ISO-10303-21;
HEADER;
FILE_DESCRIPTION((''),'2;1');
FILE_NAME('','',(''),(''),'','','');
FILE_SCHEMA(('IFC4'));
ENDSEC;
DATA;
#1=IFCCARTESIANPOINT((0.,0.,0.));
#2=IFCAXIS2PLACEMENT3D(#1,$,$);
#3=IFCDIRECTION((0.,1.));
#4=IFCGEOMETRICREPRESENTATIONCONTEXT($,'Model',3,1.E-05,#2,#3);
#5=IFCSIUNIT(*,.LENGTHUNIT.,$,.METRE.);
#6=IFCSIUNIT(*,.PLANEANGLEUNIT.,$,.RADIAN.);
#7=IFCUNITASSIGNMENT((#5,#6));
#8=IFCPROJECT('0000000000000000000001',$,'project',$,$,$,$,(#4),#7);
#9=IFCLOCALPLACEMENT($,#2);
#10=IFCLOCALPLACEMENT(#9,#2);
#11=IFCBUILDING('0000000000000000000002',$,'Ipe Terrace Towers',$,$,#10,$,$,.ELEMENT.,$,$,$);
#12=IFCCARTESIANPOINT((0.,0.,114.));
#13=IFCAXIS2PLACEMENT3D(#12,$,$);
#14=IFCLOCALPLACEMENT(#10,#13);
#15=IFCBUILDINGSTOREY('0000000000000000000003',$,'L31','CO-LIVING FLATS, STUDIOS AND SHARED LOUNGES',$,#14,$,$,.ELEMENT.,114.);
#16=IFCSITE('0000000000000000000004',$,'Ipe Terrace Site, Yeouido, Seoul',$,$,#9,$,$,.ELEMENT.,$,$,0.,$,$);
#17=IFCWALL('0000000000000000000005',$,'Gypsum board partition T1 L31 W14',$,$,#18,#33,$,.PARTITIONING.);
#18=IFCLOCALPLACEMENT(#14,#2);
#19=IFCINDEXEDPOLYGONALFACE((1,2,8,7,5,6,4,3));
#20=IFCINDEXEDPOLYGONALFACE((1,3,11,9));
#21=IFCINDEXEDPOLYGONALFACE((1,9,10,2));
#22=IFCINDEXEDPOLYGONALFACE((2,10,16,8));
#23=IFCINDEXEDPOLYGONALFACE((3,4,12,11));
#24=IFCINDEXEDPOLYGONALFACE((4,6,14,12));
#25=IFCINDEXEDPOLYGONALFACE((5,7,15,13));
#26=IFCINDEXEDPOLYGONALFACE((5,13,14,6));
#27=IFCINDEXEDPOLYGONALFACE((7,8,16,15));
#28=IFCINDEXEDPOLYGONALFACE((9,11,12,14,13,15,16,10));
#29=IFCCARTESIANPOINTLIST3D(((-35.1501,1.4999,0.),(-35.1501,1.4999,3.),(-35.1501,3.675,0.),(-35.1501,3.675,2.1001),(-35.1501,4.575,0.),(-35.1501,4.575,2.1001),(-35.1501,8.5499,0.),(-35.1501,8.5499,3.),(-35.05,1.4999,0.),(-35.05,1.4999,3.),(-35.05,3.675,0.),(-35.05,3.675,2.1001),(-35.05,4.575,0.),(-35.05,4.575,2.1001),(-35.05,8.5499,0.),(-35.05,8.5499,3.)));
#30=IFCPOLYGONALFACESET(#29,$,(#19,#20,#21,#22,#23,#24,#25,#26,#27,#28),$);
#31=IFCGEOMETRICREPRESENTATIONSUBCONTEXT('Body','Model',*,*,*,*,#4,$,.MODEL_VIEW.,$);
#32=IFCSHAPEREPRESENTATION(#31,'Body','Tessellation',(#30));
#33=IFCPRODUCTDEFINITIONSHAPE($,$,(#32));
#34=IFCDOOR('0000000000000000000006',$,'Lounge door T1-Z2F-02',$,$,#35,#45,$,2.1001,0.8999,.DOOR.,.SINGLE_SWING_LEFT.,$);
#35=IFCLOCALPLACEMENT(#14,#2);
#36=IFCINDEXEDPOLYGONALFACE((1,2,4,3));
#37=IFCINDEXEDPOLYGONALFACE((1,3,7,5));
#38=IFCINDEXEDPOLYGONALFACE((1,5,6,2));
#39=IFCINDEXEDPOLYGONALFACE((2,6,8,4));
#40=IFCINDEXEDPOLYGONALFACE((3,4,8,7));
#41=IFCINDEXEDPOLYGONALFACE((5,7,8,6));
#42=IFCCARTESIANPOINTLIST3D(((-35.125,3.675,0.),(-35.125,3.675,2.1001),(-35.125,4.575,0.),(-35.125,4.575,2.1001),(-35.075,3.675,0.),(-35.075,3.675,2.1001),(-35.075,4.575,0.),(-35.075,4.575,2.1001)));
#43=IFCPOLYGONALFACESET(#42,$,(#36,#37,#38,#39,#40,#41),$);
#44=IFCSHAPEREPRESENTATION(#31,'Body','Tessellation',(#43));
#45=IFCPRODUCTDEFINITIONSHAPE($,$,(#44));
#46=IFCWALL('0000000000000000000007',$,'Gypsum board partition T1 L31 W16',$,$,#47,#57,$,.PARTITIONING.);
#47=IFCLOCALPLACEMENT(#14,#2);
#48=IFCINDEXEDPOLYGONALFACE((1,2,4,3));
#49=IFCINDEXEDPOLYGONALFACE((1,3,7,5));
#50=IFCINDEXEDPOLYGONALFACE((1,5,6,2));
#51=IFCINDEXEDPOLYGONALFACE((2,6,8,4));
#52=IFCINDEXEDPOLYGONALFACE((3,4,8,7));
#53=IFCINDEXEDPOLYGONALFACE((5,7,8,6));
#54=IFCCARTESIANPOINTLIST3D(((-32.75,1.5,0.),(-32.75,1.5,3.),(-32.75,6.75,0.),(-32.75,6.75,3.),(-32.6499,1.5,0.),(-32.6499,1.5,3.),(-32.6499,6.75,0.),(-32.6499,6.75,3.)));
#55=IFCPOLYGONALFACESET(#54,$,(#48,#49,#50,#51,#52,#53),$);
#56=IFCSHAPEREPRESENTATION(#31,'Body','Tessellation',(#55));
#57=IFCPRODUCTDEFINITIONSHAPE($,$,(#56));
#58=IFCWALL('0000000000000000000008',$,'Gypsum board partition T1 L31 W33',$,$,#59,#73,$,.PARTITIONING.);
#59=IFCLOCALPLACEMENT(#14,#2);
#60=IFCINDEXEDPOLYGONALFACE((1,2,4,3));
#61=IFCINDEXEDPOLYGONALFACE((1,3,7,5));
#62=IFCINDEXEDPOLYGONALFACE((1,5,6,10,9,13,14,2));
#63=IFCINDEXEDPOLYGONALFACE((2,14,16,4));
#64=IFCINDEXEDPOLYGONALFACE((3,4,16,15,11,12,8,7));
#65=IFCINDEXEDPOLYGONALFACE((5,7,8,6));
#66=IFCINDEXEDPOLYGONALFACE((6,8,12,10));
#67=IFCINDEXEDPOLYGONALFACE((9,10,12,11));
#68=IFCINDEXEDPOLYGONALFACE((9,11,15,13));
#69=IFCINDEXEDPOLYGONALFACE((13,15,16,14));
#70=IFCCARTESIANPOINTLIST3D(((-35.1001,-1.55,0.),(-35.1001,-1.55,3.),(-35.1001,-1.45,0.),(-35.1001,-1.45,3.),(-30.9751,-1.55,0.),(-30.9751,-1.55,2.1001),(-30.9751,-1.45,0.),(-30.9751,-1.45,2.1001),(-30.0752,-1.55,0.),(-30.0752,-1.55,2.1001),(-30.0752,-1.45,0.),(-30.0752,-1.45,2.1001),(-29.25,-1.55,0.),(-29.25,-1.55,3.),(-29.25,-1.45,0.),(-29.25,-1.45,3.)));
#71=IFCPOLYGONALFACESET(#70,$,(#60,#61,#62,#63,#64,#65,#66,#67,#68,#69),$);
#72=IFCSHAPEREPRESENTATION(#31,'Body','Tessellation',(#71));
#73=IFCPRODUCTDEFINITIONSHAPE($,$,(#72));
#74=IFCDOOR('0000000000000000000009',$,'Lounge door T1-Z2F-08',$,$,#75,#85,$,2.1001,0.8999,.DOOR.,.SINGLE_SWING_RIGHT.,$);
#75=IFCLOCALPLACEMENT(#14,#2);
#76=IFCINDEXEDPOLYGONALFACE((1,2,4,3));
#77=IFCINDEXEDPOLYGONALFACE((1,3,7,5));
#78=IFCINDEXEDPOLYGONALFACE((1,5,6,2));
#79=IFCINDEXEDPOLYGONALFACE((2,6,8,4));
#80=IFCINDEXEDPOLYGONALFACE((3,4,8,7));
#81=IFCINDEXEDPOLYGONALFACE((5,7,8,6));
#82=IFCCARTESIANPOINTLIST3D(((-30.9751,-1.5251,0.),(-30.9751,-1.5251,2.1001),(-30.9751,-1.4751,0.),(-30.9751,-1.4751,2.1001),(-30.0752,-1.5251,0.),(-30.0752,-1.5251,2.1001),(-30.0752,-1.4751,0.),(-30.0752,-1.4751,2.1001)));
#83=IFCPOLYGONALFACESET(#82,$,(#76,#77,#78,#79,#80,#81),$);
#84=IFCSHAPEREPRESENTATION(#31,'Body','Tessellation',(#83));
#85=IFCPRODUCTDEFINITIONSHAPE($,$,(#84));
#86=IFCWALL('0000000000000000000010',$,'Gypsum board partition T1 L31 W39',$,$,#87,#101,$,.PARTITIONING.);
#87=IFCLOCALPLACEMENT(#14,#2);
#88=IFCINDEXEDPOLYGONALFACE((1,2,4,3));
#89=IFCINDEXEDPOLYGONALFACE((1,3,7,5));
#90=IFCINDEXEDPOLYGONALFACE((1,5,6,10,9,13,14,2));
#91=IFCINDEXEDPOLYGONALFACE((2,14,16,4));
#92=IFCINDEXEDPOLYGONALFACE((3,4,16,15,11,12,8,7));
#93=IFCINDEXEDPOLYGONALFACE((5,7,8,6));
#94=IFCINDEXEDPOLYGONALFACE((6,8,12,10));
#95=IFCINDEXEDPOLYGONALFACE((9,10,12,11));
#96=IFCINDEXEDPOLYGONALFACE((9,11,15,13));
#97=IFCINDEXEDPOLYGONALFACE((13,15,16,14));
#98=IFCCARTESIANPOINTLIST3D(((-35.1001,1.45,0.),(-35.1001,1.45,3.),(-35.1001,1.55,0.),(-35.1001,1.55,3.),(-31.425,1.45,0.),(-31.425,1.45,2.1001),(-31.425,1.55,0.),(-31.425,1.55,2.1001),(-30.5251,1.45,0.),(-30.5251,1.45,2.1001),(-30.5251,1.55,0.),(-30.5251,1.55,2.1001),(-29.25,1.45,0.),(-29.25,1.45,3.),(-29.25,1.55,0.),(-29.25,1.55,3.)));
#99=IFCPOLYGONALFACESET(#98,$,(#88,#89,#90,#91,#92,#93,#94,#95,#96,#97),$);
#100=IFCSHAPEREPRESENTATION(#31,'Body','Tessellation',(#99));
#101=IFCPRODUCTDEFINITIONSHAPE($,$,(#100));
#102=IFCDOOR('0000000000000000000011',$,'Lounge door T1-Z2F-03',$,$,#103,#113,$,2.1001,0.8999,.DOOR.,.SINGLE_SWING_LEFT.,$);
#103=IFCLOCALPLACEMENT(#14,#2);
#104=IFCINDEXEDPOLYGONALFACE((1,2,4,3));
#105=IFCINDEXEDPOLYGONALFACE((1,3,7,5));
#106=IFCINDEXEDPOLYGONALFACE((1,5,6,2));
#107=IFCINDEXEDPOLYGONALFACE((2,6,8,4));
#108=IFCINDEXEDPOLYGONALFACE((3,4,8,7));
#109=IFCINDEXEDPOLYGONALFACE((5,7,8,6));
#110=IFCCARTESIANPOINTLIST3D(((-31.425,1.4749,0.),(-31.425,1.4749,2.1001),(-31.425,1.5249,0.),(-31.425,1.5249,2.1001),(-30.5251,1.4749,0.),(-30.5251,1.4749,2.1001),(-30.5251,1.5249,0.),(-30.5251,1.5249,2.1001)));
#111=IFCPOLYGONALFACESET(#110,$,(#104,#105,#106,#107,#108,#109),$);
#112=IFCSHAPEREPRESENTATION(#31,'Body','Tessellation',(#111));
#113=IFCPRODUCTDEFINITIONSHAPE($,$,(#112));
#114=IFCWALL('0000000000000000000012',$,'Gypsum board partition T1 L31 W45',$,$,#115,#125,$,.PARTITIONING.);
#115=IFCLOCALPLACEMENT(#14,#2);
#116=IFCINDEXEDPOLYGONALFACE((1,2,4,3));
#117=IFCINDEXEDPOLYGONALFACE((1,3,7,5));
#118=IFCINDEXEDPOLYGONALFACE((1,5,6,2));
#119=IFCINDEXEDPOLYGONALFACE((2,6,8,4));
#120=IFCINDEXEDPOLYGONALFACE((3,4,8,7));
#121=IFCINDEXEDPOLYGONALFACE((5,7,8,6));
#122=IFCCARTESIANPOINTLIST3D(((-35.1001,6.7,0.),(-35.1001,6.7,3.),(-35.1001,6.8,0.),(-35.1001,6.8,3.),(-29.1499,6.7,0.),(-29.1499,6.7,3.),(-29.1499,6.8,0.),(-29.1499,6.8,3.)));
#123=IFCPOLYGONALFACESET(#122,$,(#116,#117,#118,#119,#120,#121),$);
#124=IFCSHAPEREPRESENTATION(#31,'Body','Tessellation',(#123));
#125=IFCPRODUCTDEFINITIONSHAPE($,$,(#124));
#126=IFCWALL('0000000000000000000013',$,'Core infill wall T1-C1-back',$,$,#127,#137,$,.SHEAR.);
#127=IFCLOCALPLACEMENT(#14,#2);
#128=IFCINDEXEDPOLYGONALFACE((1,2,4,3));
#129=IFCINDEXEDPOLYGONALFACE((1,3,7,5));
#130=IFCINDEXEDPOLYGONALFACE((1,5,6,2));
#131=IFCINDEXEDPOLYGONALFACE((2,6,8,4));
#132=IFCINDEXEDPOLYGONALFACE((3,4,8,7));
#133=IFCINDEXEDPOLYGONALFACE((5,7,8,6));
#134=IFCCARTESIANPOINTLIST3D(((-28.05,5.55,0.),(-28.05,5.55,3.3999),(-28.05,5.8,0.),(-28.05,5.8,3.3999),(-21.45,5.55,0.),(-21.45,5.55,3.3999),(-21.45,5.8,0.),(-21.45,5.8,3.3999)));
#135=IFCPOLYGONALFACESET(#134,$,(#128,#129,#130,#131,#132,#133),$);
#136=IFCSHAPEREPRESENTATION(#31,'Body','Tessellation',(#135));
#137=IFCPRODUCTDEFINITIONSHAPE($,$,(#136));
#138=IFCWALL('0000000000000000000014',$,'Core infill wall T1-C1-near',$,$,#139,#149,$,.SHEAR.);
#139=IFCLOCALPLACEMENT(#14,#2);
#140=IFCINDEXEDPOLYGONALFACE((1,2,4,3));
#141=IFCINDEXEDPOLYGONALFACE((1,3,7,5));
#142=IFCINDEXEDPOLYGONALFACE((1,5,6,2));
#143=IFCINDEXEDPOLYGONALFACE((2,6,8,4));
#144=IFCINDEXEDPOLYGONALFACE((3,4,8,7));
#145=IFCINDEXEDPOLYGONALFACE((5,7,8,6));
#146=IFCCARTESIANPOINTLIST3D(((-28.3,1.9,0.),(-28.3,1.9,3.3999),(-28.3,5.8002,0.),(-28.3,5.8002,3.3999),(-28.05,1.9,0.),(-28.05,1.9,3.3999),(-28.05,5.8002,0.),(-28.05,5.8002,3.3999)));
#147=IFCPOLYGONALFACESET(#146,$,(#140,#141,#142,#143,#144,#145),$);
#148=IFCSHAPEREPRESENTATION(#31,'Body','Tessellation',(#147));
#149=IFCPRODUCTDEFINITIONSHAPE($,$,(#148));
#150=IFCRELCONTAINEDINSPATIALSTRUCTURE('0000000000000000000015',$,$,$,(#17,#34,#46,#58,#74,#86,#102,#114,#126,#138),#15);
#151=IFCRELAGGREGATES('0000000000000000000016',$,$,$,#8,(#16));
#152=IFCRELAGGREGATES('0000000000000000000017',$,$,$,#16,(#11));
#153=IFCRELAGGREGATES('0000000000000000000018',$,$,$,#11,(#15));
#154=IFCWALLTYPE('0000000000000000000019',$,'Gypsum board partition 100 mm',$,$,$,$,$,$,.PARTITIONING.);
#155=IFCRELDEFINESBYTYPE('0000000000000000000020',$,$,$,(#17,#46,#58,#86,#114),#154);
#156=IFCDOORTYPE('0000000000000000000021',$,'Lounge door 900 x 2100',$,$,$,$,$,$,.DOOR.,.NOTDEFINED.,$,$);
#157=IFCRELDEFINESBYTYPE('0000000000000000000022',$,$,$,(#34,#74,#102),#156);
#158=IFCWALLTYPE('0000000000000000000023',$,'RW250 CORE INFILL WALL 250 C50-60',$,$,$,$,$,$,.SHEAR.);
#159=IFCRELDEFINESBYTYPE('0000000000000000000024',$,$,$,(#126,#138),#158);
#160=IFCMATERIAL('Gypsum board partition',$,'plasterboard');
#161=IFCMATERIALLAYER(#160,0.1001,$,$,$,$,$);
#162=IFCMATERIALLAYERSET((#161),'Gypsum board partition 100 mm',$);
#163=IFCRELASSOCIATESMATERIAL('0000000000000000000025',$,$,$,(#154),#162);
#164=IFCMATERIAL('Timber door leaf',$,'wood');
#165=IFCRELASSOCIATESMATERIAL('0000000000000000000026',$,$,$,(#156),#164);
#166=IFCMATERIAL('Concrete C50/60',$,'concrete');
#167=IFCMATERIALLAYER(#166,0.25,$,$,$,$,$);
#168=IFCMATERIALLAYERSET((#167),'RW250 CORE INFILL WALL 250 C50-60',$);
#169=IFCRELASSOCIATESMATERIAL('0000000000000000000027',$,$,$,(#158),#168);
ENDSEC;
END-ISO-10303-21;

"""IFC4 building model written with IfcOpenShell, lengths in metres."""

from ifc_helpers import new_model, si_unit, direction, frame, frame_2d, origin, place, context, subcontext, project, spatial, rectangle, extrude, material, layer, layer_set, type_object, element, fill, save


model = new_model("IFC4")

# Units and contexts
model_context = context("Model", 3, precision=1e-05, world=origin(), true_north=direction((0.0, 1.0)))
body_context = subcontext(model_context, "Body", "Model", "MODEL_VIEW")
ifc_project = project(units=[si_unit("LENGTHUNIT", "METRE"), si_unit("PLANEANGLEUNIT", "RADIAN")], contexts=[model_context])

# Site, building, storey
site_placement = place(None, origin())
site = spatial("IfcSite", under=ifc_project, at=site_placement, Name="Ipe Terrace Site, Yeouido, Seoul", CompositionType="ELEMENT", RefElevation=0.0)
building_placement = place(site_placement, origin())
building = spatial("IfcBuilding", under=site, at=building_placement, Name="Ipe Terrace Towers", CompositionType="ELEMENT")
storey_placement = place(building_placement, frame((0.0, 0.0, 114.0)))
storey = spatial("IfcBuildingStorey", under=building, at=storey_placement, Name="L31", Description="CO-LIVING FLATS, STUDIOS AND SHARED LOUNGES", CompositionType="ELEMENT", Elevation=114.0)

# Wall, opening, door
ifc_material_1 = material(Name="Gypsum board partition", Category="plasterboard")
ifc_layer_1 = layer(ifc_material_1, 0.1001)
ifc_layer_set_1 = layer_set([ifc_layer_1], Name="Gypsum board partition 100 mm")
wall_type_1 = type_object("IfcWallType", Name="Gypsum board partition 100 mm", PredefinedType="PARTITIONING", material=ifc_layer_set_1)
ifc_material_2 = material(Name="Timber door leaf", Category="wood")
door_type_1 = type_object("IfcDoorType", Name="Lounge door 900 x 2100", OperationType="NOTDEFINED", PredefinedType="DOOR", material=ifc_material_2)
wall_1_placement = place(storey_placement, frame((-35.1001, 1.5, 0.0), z_axis=(0.0, 0.0, 1.0), x_axis=(0.0, 1.0, 0.0)))
wall_1 = element("IfcWall", 1, at=wall_1_placement, inside=storey, type_object=wall_type_1, Name="Gypsum board partition T1 L31 W14", PredefinedType="PARTITIONING", context=body_context, shape_type="SweptSolid", body=[
    extrude(rectangle(XDim=7.05, YDim=0.1001, at=frame_2d((3.5249, 0.0))), origin(), (0.0, 0.0, 1.0), 3.0),
])
opening_1_placement = place(wall_1_placement, frame((2.175, 0.0, 0.0)))
opening_1 = element("IfcOpeningElement", 2, at=opening_1_placement, cuts=wall_1, PredefinedType="OPENING", context=body_context, shape_type="SweptSolid", body=[
    extrude(rectangle(XDim=0.8999, YDim=2.1001, at=frame_2d((0.45, 1.05))), frame((0.0, 0.0601, 0.0), z_axis=(0.0, -1.0, 0.0), x_axis=(1.0, 0.0, 0.0)), (0.0, 0.0, 1.0), 0.1201),
])
door_1_placement = place(opening_1_placement, origin())
door_1 = element("IfcDoor", 3, at=door_1_placement, inside=storey, type_object=door_type_1, Name="Lounge door T1-Z2F-02", OperationType="SINGLE_SWING_LEFT", OverallHeight=2.1001, OverallWidth=0.8999, PredefinedType="DOOR", context=body_context, shape_type="SweptSolid", body=[
    extrude(rectangle(XDim=0.8999, YDim=2.1001, at=frame_2d((0.45, 1.05))), frame((0.0, 0.0249, 0.0), z_axis=(0.0, -1.0, 0.0), x_axis=(1.0, 0.0, 0.0)), (0.0, 0.0, 1.0), 0.05),
])
fill(opening_1, door_1)

# Wall
wall_2_placement = place(storey_placement, frame((-32.7, 1.5, 0.0), z_axis=(0.0, 0.0, 1.0), x_axis=(0.0, 1.0, 0.0)))
element("IfcWall", 4, at=wall_2_placement, inside=storey, type_object=wall_type_1, Name="Gypsum board partition T1 L31 W16", PredefinedType="PARTITIONING", context=body_context, shape_type="SweptSolid", body=[
    extrude(rectangle(XDim=5.25, YDim=0.1001, at=frame_2d((2.625, 0.0))), origin(), (0.0, 0.0, 1.0), 3.0),
])

# Walls, openings, doors
wall_3_placement = place(storey_placement, frame((-35.1001, -1.5, 0.0), z_axis=(0.0, 0.0, 1.0), x_axis=(1.0, 0.0, 0.0)))
wall_3 = element("IfcWall", 5, at=wall_3_placement, inside=storey, type_object=wall_type_1, Name="Gypsum board partition T1 L31 W33", PredefinedType="PARTITIONING", context=body_context, shape_type="SweptSolid", body=[
    extrude(rectangle(XDim=5.8501, YDim=0.1001, at=frame_2d((2.925, 0.0))), origin(), (0.0, 0.0, 1.0), 3.0),
])
opening_2_placement = place(wall_3_placement, frame((4.125, 0.0, 0.0)))
opening_2 = element("IfcOpeningElement", 6, at=opening_2_placement, cuts=wall_3, PredefinedType="OPENING", context=body_context, shape_type="SweptSolid", body=[
    extrude(rectangle(XDim=0.8999, YDim=2.1001, at=frame_2d((0.45, 1.05))), frame((0.0, 0.0601, 0.0), z_axis=(0.0, -1.0, 0.0), x_axis=(1.0, 0.0, 0.0)), (0.0, 0.0, 1.0), 0.1201),
])
door_2_placement = place(opening_2_placement, origin())
door_2 = element("IfcDoor", 7, at=door_2_placement, inside=storey, type_object=door_type_1, Name="Lounge door T1-Z2F-08", OperationType="SINGLE_SWING_RIGHT", OverallHeight=2.1001, OverallWidth=0.8999, PredefinedType="DOOR", context=body_context, shape_type="SweptSolid", body=[
    extrude(rectangle(XDim=0.8999, YDim=2.1001, at=frame_2d((0.45, 1.05))), frame((0.0, 0.0249, 0.0), z_axis=(0.0, -1.0, 0.0), x_axis=(1.0, 0.0, 0.0)), (0.0, 0.0, 1.0), 0.05),
])
fill(opening_2, door_2)
wall_4_placement = place(storey_placement, frame((-35.1001, 1.5, 0.0), z_axis=(0.0, 0.0, 1.0), x_axis=(1.0, 0.0, 0.0)))
wall_4 = element("IfcWall", 8, at=wall_4_placement, inside=storey, type_object=wall_type_1, Name="Gypsum board partition T1 L31 W39", PredefinedType="PARTITIONING", context=body_context, shape_type="SweptSolid", body=[
    extrude(rectangle(XDim=5.8501, YDim=0.1001, at=frame_2d((2.925, 0.0))), origin(), (0.0, 0.0, 1.0), 3.0),
])
opening_3_placement = place(wall_4_placement, frame((3.675, 0.0, 0.0)))
opening_3 = element("IfcOpeningElement", 9, at=opening_3_placement, cuts=wall_4, PredefinedType="OPENING", context=body_context, shape_type="SweptSolid", body=[
    extrude(rectangle(XDim=0.8999, YDim=2.1001, at=frame_2d((0.45, 1.05))), frame((0.0, 0.0601, 0.0), z_axis=(0.0, -1.0, 0.0), x_axis=(1.0, 0.0, 0.0)), (0.0, 0.0, 1.0), 0.1201),
])
door_3_placement = place(opening_3_placement, origin())
door_3 = element("IfcDoor", 10, at=door_3_placement, inside=storey, type_object=door_type_1, Name="Lounge door T1-Z2F-03", OperationType="SINGLE_SWING_LEFT", OverallHeight=2.1001, OverallWidth=0.8999, PredefinedType="DOOR", context=body_context, shape_type="SweptSolid", body=[
    extrude(rectangle(XDim=0.8999, YDim=2.1001, at=frame_2d((0.45, 1.05))), frame((0.0, 0.0249, 0.0), z_axis=(0.0, -1.0, 0.0), x_axis=(1.0, 0.0, 0.0)), (0.0, 0.0, 1.0), 0.05),
])
fill(opening_3, door_3)

# Walls
wall_5_placement = place(storey_placement, frame((-35.1001, 6.75, 0.0), z_axis=(0.0, 0.0, 1.0), x_axis=(1.0, 0.0, 0.0)))
element("IfcWall", 11, at=wall_5_placement, inside=storey, type_object=wall_type_1, Name="Gypsum board partition T1 L31 W45", PredefinedType="PARTITIONING", context=body_context, shape_type="SweptSolid", body=[
    extrude(rectangle(XDim=5.9502, YDim=0.1001, at=frame_2d((2.9751, 0.0))), origin(), (0.0, 0.0, 1.0), 3.0),
])
ifc_material_3 = material(Name="Concrete C50/60", Category="concrete")
ifc_layer_2 = layer(ifc_material_3, 0.25)
ifc_layer_set_2 = layer_set([ifc_layer_2], Name="RW250 CORE INFILL WALL 250 C50-60")
wall_type_2 = type_object("IfcWallType", Name="RW250 CORE INFILL WALL 250 C50-60", PredefinedType="SHEAR", material=ifc_layer_set_2)
wall_6_placement = place(storey_placement, frame((-28.05, 5.675, 0.0), z_axis=(0.0, 0.0, 1.0), x_axis=(1.0, 0.0, 0.0)))
element("IfcWall", 12, at=wall_6_placement, inside=storey, type_object=wall_type_2, Name="Core infill wall T1-C1-back", PredefinedType="SHEAR", context=body_context, shape_type="SweptSolid", body=[
    extrude(rectangle(XDim=6.6001, YDim=0.25, at=frame_2d((3.3, 0.0))), origin(), (0.0, 0.0, 1.0), 3.3999),
])
wall_7_placement = place(storey_placement, frame((-28.175, 1.8999, 0.0), z_axis=(0.0, 0.0, 1.0), x_axis=(0.0, 1.0, 0.0)))
element("IfcWall", 13, at=wall_7_placement, inside=storey, type_object=wall_type_2, Name="Core infill wall T1-C1-near", PredefinedType="SHEAR", context=body_context, shape_type="SweptSolid", body=[
    extrude(rectangle(XDim=3.9001, YDim=0.25, at=frame_2d((1.9502, 0.0))), origin(), (0.0, 0.0, 1.0), 3.3999),
])

save(model, "model.ifc")
